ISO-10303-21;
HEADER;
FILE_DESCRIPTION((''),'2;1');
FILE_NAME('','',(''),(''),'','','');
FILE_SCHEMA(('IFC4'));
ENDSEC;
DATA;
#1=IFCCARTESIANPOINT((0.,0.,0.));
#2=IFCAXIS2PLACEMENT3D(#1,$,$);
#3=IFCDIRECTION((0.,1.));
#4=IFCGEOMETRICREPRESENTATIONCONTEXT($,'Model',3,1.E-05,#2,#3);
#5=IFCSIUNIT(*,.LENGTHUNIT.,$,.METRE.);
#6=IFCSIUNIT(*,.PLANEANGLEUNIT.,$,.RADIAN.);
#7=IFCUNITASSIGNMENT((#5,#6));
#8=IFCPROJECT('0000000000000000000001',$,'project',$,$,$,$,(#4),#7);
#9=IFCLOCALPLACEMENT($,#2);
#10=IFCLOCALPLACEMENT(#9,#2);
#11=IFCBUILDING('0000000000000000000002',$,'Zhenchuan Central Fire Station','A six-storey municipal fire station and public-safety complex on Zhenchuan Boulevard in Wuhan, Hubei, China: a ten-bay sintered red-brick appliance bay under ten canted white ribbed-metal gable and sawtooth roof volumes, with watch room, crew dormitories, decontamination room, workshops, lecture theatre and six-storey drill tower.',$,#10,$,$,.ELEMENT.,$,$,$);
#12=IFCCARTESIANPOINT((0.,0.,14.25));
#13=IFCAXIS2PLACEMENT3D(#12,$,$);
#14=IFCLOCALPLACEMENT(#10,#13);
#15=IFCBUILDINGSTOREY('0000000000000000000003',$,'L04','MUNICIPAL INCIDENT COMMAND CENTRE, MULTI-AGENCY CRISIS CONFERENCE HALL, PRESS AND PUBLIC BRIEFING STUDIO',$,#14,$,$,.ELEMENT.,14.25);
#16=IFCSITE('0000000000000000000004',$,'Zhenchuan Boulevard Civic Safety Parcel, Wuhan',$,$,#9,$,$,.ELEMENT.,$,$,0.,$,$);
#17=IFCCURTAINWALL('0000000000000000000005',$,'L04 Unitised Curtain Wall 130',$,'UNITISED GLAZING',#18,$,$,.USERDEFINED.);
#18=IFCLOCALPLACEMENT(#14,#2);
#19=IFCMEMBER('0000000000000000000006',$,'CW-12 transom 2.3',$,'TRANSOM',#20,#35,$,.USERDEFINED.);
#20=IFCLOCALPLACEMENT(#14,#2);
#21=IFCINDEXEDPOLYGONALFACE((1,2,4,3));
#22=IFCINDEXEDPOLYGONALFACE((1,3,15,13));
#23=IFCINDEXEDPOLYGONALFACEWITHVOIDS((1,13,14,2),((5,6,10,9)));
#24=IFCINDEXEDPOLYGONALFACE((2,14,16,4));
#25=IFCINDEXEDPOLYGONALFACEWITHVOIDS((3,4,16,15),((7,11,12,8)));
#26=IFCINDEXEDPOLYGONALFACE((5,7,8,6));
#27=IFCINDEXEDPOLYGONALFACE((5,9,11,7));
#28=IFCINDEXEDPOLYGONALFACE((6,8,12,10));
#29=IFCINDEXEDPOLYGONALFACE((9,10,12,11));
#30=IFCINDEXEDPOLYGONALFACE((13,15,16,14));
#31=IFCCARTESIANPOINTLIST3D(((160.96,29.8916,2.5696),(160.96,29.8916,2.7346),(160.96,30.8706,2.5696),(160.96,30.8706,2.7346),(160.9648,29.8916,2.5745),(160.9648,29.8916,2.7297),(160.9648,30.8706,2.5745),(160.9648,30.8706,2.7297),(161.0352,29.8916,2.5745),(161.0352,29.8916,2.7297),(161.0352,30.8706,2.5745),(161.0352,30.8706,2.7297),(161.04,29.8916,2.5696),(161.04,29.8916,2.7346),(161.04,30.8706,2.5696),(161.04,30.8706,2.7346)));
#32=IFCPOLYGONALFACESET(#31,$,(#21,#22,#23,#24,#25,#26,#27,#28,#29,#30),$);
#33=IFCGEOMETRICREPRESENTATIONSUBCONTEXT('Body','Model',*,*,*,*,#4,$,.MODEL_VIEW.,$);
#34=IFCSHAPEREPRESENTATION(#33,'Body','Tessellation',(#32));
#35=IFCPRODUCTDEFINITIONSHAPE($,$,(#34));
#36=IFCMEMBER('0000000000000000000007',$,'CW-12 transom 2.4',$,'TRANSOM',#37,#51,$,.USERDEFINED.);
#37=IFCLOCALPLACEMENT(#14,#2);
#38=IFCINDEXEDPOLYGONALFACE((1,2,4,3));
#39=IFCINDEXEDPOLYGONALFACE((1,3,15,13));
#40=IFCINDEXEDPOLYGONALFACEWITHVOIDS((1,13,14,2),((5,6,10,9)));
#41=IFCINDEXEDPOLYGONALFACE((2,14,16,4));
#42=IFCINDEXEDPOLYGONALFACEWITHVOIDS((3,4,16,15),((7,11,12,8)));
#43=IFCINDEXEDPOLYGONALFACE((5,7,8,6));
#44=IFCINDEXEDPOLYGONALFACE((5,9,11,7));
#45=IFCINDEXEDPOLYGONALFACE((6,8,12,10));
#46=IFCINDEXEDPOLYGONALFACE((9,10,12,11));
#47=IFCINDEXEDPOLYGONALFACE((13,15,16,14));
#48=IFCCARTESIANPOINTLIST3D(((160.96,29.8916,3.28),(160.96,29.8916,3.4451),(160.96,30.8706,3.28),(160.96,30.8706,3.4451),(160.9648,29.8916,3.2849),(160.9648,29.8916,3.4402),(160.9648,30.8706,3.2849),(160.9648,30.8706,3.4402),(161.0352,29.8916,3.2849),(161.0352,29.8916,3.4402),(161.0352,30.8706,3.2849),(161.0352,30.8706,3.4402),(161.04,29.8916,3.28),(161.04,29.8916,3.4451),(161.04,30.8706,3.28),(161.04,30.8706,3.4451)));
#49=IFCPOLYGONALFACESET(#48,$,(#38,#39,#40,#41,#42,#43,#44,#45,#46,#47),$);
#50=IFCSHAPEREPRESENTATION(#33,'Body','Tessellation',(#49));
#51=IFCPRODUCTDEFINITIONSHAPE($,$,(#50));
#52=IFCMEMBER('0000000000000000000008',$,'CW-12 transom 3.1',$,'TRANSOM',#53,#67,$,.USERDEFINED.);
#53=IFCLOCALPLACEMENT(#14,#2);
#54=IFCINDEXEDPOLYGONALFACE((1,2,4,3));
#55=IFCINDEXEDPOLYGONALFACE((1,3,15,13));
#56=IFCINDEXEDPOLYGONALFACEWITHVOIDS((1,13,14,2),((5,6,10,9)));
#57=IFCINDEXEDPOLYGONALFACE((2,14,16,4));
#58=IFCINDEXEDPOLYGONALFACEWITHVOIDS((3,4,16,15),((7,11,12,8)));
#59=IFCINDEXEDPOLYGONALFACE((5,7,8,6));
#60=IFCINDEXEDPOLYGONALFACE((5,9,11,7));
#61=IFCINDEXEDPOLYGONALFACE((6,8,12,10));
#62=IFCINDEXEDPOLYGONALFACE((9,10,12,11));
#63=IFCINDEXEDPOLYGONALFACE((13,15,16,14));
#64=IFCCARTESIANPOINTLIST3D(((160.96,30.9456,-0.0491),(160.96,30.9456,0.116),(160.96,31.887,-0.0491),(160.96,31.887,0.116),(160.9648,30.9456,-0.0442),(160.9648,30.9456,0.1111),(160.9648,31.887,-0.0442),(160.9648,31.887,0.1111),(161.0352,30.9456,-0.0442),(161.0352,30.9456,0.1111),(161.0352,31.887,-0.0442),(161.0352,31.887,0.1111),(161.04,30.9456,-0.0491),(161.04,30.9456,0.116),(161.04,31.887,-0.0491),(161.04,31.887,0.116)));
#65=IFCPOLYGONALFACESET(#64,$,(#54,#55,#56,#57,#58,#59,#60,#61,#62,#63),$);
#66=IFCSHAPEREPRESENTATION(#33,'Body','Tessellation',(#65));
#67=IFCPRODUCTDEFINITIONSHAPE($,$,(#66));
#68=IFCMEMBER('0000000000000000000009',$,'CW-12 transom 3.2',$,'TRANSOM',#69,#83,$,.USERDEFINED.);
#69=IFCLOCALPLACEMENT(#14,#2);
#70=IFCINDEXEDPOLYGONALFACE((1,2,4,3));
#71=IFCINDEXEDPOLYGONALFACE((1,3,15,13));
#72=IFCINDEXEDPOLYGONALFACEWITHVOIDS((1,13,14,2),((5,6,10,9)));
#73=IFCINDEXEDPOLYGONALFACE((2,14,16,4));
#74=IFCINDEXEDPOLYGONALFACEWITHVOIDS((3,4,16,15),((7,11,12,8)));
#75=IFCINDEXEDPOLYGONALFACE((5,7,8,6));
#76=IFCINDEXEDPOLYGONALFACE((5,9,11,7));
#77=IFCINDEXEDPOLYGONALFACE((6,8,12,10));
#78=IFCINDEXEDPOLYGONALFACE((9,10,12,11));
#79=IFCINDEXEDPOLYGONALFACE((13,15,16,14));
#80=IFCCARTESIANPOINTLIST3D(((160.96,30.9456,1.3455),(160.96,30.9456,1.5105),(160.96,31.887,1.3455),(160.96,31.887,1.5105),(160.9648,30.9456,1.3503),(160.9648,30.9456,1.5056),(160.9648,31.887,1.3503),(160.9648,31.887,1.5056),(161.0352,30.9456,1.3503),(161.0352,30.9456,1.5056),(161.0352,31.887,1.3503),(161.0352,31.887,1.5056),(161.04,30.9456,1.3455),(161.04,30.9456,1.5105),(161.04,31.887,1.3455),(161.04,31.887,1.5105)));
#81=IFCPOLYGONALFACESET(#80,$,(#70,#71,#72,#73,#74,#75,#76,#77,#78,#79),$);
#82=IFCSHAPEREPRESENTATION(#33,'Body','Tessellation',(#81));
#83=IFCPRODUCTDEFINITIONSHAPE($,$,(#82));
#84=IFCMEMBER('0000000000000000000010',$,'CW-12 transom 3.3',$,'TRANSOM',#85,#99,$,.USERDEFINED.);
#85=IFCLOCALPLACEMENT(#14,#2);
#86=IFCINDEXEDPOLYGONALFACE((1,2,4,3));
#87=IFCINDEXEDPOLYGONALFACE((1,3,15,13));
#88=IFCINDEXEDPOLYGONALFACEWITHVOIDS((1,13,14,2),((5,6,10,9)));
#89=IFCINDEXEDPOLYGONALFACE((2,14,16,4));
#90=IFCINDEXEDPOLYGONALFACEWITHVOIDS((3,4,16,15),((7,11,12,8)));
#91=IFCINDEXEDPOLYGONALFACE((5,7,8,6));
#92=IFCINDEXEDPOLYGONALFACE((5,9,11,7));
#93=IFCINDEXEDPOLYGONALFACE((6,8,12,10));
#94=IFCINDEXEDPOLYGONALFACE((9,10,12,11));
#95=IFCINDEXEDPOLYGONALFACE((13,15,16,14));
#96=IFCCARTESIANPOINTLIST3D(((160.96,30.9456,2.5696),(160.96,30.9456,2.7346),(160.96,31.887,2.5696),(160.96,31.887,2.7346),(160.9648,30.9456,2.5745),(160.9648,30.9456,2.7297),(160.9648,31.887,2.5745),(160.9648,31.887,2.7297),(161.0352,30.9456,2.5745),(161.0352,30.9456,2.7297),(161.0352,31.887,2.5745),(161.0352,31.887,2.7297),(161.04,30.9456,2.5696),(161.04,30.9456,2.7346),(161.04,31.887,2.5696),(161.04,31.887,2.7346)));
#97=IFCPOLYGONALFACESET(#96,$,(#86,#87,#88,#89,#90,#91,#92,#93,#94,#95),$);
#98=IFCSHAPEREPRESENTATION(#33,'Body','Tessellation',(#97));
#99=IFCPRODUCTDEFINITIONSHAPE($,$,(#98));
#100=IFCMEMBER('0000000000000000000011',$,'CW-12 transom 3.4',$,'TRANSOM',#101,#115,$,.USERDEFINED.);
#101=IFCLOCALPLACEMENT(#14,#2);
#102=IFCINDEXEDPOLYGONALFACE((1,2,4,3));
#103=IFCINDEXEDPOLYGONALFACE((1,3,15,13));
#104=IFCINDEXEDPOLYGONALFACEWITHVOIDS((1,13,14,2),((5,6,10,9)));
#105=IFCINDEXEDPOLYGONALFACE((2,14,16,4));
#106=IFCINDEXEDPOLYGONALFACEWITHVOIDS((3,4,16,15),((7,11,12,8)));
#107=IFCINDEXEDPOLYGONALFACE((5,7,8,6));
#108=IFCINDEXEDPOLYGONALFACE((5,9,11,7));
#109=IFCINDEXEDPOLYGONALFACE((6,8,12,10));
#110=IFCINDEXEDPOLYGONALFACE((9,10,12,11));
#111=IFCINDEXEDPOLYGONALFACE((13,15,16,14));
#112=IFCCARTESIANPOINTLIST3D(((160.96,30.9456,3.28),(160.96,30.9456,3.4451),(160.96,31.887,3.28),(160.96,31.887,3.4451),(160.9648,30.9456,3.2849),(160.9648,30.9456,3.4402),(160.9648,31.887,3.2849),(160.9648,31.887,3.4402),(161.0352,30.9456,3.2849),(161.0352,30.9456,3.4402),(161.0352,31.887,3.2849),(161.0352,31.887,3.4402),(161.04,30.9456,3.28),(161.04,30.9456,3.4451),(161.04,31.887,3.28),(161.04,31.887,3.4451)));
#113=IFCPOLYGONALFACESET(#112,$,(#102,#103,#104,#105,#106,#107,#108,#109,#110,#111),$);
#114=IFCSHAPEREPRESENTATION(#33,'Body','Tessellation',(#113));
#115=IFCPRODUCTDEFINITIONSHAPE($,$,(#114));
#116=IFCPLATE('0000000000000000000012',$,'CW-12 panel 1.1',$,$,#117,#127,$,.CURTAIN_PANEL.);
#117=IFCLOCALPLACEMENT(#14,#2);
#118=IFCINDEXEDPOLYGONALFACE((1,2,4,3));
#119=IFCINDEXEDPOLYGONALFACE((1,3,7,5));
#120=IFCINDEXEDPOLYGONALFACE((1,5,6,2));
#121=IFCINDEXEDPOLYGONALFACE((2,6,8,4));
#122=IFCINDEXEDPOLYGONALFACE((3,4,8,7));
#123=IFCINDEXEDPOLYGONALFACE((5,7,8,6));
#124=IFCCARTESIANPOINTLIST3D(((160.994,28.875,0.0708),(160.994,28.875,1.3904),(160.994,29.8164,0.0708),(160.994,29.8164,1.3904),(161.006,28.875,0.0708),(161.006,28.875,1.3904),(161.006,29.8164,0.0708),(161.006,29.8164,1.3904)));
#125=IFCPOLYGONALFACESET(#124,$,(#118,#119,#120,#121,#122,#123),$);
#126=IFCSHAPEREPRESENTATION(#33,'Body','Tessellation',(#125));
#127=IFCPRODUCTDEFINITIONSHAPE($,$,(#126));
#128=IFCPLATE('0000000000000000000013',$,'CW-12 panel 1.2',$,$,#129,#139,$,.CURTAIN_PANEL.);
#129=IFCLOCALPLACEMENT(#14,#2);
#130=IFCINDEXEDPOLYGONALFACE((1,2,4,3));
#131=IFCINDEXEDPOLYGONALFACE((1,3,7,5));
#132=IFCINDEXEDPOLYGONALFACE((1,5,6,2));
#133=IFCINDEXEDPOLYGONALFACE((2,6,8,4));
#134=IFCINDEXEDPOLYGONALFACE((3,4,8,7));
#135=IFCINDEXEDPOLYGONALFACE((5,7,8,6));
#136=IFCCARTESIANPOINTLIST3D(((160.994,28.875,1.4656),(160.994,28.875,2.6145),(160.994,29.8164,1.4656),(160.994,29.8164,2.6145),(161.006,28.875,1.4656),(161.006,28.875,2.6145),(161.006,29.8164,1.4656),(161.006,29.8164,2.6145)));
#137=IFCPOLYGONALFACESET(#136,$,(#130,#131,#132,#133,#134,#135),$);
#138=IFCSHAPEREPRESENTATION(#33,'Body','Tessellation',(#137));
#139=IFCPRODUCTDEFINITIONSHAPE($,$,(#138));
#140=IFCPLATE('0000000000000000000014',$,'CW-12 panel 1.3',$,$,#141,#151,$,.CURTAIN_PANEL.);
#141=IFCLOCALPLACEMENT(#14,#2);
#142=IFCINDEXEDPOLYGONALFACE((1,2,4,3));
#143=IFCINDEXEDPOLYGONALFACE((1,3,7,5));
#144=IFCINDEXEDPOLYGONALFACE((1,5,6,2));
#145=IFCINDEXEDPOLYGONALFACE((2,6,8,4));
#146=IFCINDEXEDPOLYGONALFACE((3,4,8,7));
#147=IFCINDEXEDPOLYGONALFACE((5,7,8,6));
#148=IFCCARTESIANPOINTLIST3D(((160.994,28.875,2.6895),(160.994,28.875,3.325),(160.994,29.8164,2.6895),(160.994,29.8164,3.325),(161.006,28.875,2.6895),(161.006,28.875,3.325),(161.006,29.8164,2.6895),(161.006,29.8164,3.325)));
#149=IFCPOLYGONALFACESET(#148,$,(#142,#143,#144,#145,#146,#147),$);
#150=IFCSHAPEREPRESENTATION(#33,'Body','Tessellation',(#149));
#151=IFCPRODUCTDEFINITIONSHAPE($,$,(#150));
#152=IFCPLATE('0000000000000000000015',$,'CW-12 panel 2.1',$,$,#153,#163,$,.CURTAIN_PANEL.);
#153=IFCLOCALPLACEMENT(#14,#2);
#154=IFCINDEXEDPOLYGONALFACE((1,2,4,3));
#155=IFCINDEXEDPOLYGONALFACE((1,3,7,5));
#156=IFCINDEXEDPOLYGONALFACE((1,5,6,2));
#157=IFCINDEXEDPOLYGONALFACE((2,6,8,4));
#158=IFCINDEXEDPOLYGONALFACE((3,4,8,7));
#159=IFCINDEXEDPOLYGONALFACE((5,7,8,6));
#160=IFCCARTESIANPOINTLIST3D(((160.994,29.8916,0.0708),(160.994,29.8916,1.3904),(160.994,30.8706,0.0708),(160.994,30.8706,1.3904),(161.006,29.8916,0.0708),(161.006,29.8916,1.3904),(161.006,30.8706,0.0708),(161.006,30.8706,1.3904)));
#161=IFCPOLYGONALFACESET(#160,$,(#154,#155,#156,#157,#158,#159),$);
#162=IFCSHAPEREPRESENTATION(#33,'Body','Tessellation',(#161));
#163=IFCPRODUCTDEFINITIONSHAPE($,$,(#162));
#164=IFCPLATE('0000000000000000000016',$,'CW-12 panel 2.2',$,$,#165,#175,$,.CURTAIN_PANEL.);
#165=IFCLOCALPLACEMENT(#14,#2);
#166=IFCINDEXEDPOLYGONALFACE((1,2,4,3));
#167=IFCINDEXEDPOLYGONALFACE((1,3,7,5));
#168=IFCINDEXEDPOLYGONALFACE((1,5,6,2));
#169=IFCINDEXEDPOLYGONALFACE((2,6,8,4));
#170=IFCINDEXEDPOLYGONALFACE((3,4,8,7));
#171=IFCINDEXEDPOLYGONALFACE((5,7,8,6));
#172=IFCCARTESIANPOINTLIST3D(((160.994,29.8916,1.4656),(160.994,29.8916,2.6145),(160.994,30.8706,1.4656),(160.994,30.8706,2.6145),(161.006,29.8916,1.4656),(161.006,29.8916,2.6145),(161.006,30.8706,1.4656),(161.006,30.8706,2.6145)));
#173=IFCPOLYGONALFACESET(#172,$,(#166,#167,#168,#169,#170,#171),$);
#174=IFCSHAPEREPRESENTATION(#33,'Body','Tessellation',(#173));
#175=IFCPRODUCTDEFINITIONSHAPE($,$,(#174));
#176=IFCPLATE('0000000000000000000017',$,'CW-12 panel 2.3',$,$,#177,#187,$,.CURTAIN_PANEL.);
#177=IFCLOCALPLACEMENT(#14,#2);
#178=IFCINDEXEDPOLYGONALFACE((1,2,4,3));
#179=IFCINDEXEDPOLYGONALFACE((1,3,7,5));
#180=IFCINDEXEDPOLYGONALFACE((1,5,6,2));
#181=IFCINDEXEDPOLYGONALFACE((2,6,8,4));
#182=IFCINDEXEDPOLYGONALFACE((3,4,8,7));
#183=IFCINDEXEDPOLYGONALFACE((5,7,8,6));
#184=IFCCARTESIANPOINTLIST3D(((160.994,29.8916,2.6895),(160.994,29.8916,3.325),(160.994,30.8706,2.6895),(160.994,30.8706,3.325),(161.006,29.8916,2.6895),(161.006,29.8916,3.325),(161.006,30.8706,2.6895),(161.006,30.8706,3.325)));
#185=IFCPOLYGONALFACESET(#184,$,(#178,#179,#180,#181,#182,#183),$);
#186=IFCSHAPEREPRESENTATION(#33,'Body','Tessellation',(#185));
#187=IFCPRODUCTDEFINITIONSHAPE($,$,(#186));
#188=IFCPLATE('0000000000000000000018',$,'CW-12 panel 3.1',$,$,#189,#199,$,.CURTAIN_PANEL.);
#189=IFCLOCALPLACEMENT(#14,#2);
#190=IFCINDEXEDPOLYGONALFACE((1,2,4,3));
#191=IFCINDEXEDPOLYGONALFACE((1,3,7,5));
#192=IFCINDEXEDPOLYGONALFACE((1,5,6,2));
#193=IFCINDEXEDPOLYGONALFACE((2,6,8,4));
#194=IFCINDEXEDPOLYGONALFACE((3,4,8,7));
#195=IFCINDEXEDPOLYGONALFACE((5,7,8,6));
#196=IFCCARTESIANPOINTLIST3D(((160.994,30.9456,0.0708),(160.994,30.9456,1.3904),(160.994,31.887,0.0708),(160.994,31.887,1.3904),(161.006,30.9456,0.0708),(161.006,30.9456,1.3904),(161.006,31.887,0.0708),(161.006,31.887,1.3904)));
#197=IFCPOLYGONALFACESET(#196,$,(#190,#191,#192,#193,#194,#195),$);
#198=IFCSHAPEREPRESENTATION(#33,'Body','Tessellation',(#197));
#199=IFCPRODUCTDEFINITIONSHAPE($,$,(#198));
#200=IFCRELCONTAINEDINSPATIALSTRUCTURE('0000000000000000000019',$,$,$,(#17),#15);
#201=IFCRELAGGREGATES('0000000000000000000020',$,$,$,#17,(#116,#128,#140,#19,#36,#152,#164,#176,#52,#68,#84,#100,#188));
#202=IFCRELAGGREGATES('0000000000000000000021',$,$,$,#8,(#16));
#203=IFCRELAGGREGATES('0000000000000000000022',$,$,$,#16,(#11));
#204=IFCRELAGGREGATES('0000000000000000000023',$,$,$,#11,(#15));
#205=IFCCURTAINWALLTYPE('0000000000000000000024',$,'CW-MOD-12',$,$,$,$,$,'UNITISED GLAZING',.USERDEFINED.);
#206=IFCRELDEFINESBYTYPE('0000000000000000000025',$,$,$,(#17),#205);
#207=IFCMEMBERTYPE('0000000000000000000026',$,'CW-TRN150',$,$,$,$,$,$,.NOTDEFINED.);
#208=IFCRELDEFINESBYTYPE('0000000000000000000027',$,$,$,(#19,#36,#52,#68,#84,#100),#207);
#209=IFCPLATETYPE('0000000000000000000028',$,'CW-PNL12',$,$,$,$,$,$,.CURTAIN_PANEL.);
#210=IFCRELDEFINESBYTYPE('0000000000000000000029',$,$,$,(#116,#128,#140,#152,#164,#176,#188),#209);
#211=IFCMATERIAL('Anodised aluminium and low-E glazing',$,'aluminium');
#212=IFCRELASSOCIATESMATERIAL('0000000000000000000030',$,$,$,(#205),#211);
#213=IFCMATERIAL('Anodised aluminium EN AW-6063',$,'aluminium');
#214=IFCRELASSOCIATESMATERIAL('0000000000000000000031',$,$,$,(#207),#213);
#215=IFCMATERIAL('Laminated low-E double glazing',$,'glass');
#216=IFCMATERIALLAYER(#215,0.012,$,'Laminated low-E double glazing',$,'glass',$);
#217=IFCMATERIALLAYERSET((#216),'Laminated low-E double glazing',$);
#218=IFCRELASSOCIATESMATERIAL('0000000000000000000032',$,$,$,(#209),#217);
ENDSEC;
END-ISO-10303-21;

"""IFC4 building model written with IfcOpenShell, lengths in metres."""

from ifc_helpers import new_model, si_unit, direction, frame, origin, origin_2d, place, context, subcontext, project, spatial, rectangle, hollow_rectangle, extrude, material, layer, layer_set, material_profile, profile_set, type_object, element, aggregate, save


model = new_model("IFC4")

# Units and contexts
model_context = context("Model", 3, precision=1e-05, world=origin(), true_north=direction((0.0, 1.0)))
body_context = subcontext(model_context, "Body", "Model", "MODEL_VIEW")
ifc_project = project(units=[si_unit("LENGTHUNIT", "METRE"), si_unit("PLANEANGLEUNIT", "RADIAN")], contexts=[model_context])

# Site, building, storey
site_placement = place(None, origin())
site = spatial("IfcSite", under=ifc_project, at=site_placement, Name="Zhenchuan Boulevard Civic Safety Parcel, Wuhan", CompositionType="ELEMENT", RefElevation=0.0)
building_placement = place(site_placement, origin())
building = spatial("IfcBuilding", under=site, at=building_placement, Name="Zhenchuan Central Fire Station", Description="A six-storey municipal fire station and public-safety complex on Zhenchuan Boulevard in Wuhan, Hubei, China: a ten-bay sintered red-brick appliance bay under ten canted white ribbed-metal gable and sawtooth roof volumes, with watch room, crew dormitories, decontamination room, workshops, lecture theatre and six-storey drill tower.", CompositionType="ELEMENT")
storey_placement = place(building_placement, frame((0.0, 0.0, 14.25)))
storey = spatial("IfcBuildingStorey", under=building, at=storey_placement, Name="L04", Description="MUNICIPAL INCIDENT COMMAND CENTRE, MULTI-AGENCY CRISIS CONFERENCE HALL, PRESS AND PUBLIC BRIEFING STUDIO", CompositionType="ELEMENT", Elevation=14.25)

# Curtain wall
ifc_material_1 = material(Name="Anodised aluminium and low-E glazing", Category="aluminium")
curtain_wall_type_1 = type_object("IfcCurtainWallType", Name="CW-MOD-12", ElementType="UNITISED GLAZING", PredefinedType="USERDEFINED", material=ifc_material_1)
curtain_wall_1_placement = place(storey_placement, origin())
curtain_wall_1 = element("IfcCurtainWall", 1, at=curtain_wall_1_placement, inside=storey, type_object=curtain_wall_type_1, Name="L04 Unitised Curtain Wall 130", ObjectType="UNITISED GLAZING", PredefinedType="USERDEFINED")
ifc_material_2 = material(Name="Anodised aluminium EN AW-6063", Category="aluminium")

# Members
ifc_material_profile_1 = material_profile(ifc_material_2, hollow_rectangle(XDim=0.0801, YDim=0.165, WallThickness=0.0049, at=origin_2d()), Name="ALU-T 165x80")
ifc_profile_set_1 = profile_set([ifc_material_profile_1], Name="Anodised aluminium EN AW-6063")
member_type_1 = type_object("IfcMemberType", Name="CW-TRN150", PredefinedType="NOTDEFINED", material=ifc_profile_set_1)
member_1_placement = place(storey_placement, frame((161.0, 29.8916, 2.6521), z_axis=(0.0, 1.0, 0.0), x_axis=(-1.0, 0.0, 0.0)))
member_1 = element("IfcMember", 2, at=member_1_placement, type_object=member_type_1, Name="CW-12 transom 2.3", ObjectType="TRANSOM", PredefinedType="USERDEFINED", context=body_context, shape_type="SweptSolid", body=[
    extrude(hollow_rectangle(XDim=0.0801, YDim=0.165, WallThickness=0.0049, at=origin_2d()), origin(), (0.0, 0.0, 1.0), 0.979),
])
member_2_placement = place(storey_placement, frame((161.0, 29.8916, 3.3625), z_axis=(0.0, 1.0, 0.0), x_axis=(-1.0, 0.0, 0.0)))
member_2 = element("IfcMember", 3, at=member_2_placement, type_object=member_type_1, Name="CW-12 transom 2.4", ObjectType="TRANSOM", PredefinedType="USERDEFINED", context=body_context, shape_type="SweptSolid", body=[
    extrude(hollow_rectangle(XDim=0.0801, YDim=0.165, WallThickness=0.0049, at=origin_2d()), origin(), (0.0, 0.0, 1.0), 0.979),
])
member_3_placement = place(storey_placement, frame((161.0, 30.9456, 0.0334), z_axis=(0.0, 1.0, 0.0), x_axis=(-1.0, 0.0, 0.0)))
member_3 = element("IfcMember", 4, at=member_3_placement, type_object=member_type_1, Name="CW-12 transom 3.1", ObjectType="TRANSOM", PredefinedType="USERDEFINED", context=body_context, shape_type="SweptSolid", body=[
    extrude(hollow_rectangle(XDim=0.0801, YDim=0.165, WallThickness=0.0049, at=origin_2d()), origin(), (0.0, 0.0, 1.0), 0.9414),
])
member_4_placement = place(storey_placement, frame((161.0, 30.9456, 1.428), z_axis=(0.0, 1.0, 0.0), x_axis=(-1.0, 0.0, 0.0)))
member_4 = element("IfcMember", 5, at=member_4_placement, type_object=member_type_1, Name="CW-12 transom 3.2", ObjectType="TRANSOM", PredefinedType="USERDEFINED", context=body_context, shape_type="SweptSolid", body=[
    extrude(hollow_rectangle(XDim=0.0801, YDim=0.165, WallThickness=0.0049, at=origin_2d()), origin(), (0.0, 0.0, 1.0), 0.9414),
])
member_5_placement = place(storey_placement, frame((161.0, 30.9456, 2.6521), z_axis=(0.0, 1.0, 0.0), x_axis=(-1.0, 0.0, 0.0)))
member_5 = element("IfcMember", 6, at=member_5_placement, type_object=member_type_1, Name="CW-12 transom 3.3", ObjectType="TRANSOM", PredefinedType="USERDEFINED", context=body_context, shape_type="SweptSolid", body=[
    extrude(hollow_rectangle(XDim=0.0801, YDim=0.165, WallThickness=0.0049, at=origin_2d()), origin(), (0.0, 0.0, 1.0), 0.9414),
])
member_6_placement = place(storey_placement, frame((161.0, 30.9456, 3.3625), z_axis=(0.0, 1.0, 0.0), x_axis=(-1.0, 0.0, 0.0)))
member_6 = element("IfcMember", 7, at=member_6_placement, type_object=member_type_1, Name="CW-12 transom 3.4", ObjectType="TRANSOM", PredefinedType="USERDEFINED", context=body_context, shape_type="SweptSolid", body=[
    extrude(hollow_rectangle(XDim=0.0801, YDim=0.165, WallThickness=0.0049, at=origin_2d()), origin(), (0.0, 0.0, 1.0), 0.9414),
])

# Plates
ifc_material_3 = material(Name="Laminated low-E double glazing", Category="glass")
ifc_layer = layer(ifc_material_3, 0.012, Name="Laminated low-E double glazing", Category="glass")
ifc_layer_set = layer_set([ifc_layer], Name="Laminated low-E double glazing")
plate_type = type_object("IfcPlateType", Name="CW-PNL12", PredefinedType="CURTAIN_PANEL", material=ifc_layer_set)
plate_1_placement = place(storey_placement, frame((161.0, 29.3457, 0.0708), z_axis=(0.0, 0.0, 1.0), x_axis=(0.0, 1.0, 0.0)))
plate_1 = element("IfcPlate", 8, at=plate_1_placement, type_object=plate_type, Name="CW-12 panel 1.1", PredefinedType="CURTAIN_PANEL", context=body_context, shape_type="SweptSolid", body=[
    extrude(rectangle(XDim=0.9414, YDim=0.012, at=origin_2d()), origin(), (0.0, 0.0, 1.0), 1.3196),
])
plate_2_placement = place(storey_placement, frame((161.0, 29.3457, 1.4656), z_axis=(0.0, 0.0, 1.0), x_axis=(0.0, 1.0, 0.0)))
plate_2 = element("IfcPlate", 9, at=plate_2_placement, type_object=plate_type, Name="CW-12 panel 1.2", PredefinedType="CURTAIN_PANEL", context=body_context, shape_type="SweptSolid", body=[
    extrude(rectangle(XDim=0.9414, YDim=0.012, at=origin_2d()), origin(), (0.0, 0.0, 1.0), 1.1489),
])
plate_3_placement = place(storey_placement, frame((161.0, 29.3457, 2.6895), z_axis=(0.0, 0.0, 1.0), x_axis=(0.0, 1.0, 0.0)))
plate_3 = element("IfcPlate", 10, at=plate_3_placement, type_object=plate_type, Name="CW-12 panel 1.3", PredefinedType="CURTAIN_PANEL", context=body_context, shape_type="SweptSolid", body=[
    extrude(rectangle(XDim=0.9414, YDim=0.012, at=origin_2d()), origin(), (0.0, 0.0, 1.0), 0.6355),
])
plate_4_placement = place(storey_placement, frame((161.0, 30.3811, 0.0708), z_axis=(0.0, 0.0, 1.0), x_axis=(0.0, 1.0, 0.0)))
plate_4 = element("IfcPlate", 11, at=plate_4_placement, type_object=plate_type, Name="CW-12 panel 2.1", PredefinedType="CURTAIN_PANEL", context=body_context, shape_type="SweptSolid", body=[
    extrude(rectangle(XDim=0.979, YDim=0.012, at=origin_2d()), origin(), (0.0, 0.0, 1.0), 1.3196),
])
plate_5_placement = place(storey_placement, frame((161.0, 30.3811, 1.4656), z_axis=(0.0, 0.0, 1.0), x_axis=(0.0, 1.0, 0.0)))
plate_5 = element("IfcPlate", 12, at=plate_5_placement, type_object=plate_type, Name="CW-12 panel 2.2", PredefinedType="CURTAIN_PANEL", context=body_context, shape_type="SweptSolid", body=[
    extrude(rectangle(XDim=0.979, YDim=0.012, at=origin_2d()), origin(), (0.0, 0.0, 1.0), 1.1489),
])
plate_6_placement = place(storey_placement, frame((161.0, 30.3811, 2.6895), z_axis=(0.0, 0.0, 1.0), x_axis=(0.0, 1.0, 0.0)))
plate_6 = element("IfcPlate", 13, at=plate_6_placement, type_object=plate_type, Name="CW-12 panel 2.3", PredefinedType="CURTAIN_PANEL", context=body_context, shape_type="SweptSolid", body=[
    extrude(rectangle(XDim=0.979, YDim=0.012, at=origin_2d()), origin(), (0.0, 0.0, 1.0), 0.6355),
])
plate_7_placement = place(storey_placement, frame((161.0, 31.4163, 0.0708), z_axis=(0.0, 0.0, 1.0), x_axis=(0.0, 1.0, 0.0)))
plate_7 = element("IfcPlate", 14, at=plate_7_placement, type_object=plate_type, Name="CW-12 panel 3.1", PredefinedType="CURTAIN_PANEL", context=body_context, shape_type="SweptSolid", body=[
    extrude(rectangle(XDim=0.9414, YDim=0.012, at=origin_2d()), origin(), (0.0, 0.0, 1.0), 1.3196),
])
aggregate(curtain_wall_1, [plate_1, plate_2, plate_3, member_1, member_2, plate_4, plate_5, plate_6, member_3, member_4, member_5, member_6, plate_7])

save(model, "model.ifc")
